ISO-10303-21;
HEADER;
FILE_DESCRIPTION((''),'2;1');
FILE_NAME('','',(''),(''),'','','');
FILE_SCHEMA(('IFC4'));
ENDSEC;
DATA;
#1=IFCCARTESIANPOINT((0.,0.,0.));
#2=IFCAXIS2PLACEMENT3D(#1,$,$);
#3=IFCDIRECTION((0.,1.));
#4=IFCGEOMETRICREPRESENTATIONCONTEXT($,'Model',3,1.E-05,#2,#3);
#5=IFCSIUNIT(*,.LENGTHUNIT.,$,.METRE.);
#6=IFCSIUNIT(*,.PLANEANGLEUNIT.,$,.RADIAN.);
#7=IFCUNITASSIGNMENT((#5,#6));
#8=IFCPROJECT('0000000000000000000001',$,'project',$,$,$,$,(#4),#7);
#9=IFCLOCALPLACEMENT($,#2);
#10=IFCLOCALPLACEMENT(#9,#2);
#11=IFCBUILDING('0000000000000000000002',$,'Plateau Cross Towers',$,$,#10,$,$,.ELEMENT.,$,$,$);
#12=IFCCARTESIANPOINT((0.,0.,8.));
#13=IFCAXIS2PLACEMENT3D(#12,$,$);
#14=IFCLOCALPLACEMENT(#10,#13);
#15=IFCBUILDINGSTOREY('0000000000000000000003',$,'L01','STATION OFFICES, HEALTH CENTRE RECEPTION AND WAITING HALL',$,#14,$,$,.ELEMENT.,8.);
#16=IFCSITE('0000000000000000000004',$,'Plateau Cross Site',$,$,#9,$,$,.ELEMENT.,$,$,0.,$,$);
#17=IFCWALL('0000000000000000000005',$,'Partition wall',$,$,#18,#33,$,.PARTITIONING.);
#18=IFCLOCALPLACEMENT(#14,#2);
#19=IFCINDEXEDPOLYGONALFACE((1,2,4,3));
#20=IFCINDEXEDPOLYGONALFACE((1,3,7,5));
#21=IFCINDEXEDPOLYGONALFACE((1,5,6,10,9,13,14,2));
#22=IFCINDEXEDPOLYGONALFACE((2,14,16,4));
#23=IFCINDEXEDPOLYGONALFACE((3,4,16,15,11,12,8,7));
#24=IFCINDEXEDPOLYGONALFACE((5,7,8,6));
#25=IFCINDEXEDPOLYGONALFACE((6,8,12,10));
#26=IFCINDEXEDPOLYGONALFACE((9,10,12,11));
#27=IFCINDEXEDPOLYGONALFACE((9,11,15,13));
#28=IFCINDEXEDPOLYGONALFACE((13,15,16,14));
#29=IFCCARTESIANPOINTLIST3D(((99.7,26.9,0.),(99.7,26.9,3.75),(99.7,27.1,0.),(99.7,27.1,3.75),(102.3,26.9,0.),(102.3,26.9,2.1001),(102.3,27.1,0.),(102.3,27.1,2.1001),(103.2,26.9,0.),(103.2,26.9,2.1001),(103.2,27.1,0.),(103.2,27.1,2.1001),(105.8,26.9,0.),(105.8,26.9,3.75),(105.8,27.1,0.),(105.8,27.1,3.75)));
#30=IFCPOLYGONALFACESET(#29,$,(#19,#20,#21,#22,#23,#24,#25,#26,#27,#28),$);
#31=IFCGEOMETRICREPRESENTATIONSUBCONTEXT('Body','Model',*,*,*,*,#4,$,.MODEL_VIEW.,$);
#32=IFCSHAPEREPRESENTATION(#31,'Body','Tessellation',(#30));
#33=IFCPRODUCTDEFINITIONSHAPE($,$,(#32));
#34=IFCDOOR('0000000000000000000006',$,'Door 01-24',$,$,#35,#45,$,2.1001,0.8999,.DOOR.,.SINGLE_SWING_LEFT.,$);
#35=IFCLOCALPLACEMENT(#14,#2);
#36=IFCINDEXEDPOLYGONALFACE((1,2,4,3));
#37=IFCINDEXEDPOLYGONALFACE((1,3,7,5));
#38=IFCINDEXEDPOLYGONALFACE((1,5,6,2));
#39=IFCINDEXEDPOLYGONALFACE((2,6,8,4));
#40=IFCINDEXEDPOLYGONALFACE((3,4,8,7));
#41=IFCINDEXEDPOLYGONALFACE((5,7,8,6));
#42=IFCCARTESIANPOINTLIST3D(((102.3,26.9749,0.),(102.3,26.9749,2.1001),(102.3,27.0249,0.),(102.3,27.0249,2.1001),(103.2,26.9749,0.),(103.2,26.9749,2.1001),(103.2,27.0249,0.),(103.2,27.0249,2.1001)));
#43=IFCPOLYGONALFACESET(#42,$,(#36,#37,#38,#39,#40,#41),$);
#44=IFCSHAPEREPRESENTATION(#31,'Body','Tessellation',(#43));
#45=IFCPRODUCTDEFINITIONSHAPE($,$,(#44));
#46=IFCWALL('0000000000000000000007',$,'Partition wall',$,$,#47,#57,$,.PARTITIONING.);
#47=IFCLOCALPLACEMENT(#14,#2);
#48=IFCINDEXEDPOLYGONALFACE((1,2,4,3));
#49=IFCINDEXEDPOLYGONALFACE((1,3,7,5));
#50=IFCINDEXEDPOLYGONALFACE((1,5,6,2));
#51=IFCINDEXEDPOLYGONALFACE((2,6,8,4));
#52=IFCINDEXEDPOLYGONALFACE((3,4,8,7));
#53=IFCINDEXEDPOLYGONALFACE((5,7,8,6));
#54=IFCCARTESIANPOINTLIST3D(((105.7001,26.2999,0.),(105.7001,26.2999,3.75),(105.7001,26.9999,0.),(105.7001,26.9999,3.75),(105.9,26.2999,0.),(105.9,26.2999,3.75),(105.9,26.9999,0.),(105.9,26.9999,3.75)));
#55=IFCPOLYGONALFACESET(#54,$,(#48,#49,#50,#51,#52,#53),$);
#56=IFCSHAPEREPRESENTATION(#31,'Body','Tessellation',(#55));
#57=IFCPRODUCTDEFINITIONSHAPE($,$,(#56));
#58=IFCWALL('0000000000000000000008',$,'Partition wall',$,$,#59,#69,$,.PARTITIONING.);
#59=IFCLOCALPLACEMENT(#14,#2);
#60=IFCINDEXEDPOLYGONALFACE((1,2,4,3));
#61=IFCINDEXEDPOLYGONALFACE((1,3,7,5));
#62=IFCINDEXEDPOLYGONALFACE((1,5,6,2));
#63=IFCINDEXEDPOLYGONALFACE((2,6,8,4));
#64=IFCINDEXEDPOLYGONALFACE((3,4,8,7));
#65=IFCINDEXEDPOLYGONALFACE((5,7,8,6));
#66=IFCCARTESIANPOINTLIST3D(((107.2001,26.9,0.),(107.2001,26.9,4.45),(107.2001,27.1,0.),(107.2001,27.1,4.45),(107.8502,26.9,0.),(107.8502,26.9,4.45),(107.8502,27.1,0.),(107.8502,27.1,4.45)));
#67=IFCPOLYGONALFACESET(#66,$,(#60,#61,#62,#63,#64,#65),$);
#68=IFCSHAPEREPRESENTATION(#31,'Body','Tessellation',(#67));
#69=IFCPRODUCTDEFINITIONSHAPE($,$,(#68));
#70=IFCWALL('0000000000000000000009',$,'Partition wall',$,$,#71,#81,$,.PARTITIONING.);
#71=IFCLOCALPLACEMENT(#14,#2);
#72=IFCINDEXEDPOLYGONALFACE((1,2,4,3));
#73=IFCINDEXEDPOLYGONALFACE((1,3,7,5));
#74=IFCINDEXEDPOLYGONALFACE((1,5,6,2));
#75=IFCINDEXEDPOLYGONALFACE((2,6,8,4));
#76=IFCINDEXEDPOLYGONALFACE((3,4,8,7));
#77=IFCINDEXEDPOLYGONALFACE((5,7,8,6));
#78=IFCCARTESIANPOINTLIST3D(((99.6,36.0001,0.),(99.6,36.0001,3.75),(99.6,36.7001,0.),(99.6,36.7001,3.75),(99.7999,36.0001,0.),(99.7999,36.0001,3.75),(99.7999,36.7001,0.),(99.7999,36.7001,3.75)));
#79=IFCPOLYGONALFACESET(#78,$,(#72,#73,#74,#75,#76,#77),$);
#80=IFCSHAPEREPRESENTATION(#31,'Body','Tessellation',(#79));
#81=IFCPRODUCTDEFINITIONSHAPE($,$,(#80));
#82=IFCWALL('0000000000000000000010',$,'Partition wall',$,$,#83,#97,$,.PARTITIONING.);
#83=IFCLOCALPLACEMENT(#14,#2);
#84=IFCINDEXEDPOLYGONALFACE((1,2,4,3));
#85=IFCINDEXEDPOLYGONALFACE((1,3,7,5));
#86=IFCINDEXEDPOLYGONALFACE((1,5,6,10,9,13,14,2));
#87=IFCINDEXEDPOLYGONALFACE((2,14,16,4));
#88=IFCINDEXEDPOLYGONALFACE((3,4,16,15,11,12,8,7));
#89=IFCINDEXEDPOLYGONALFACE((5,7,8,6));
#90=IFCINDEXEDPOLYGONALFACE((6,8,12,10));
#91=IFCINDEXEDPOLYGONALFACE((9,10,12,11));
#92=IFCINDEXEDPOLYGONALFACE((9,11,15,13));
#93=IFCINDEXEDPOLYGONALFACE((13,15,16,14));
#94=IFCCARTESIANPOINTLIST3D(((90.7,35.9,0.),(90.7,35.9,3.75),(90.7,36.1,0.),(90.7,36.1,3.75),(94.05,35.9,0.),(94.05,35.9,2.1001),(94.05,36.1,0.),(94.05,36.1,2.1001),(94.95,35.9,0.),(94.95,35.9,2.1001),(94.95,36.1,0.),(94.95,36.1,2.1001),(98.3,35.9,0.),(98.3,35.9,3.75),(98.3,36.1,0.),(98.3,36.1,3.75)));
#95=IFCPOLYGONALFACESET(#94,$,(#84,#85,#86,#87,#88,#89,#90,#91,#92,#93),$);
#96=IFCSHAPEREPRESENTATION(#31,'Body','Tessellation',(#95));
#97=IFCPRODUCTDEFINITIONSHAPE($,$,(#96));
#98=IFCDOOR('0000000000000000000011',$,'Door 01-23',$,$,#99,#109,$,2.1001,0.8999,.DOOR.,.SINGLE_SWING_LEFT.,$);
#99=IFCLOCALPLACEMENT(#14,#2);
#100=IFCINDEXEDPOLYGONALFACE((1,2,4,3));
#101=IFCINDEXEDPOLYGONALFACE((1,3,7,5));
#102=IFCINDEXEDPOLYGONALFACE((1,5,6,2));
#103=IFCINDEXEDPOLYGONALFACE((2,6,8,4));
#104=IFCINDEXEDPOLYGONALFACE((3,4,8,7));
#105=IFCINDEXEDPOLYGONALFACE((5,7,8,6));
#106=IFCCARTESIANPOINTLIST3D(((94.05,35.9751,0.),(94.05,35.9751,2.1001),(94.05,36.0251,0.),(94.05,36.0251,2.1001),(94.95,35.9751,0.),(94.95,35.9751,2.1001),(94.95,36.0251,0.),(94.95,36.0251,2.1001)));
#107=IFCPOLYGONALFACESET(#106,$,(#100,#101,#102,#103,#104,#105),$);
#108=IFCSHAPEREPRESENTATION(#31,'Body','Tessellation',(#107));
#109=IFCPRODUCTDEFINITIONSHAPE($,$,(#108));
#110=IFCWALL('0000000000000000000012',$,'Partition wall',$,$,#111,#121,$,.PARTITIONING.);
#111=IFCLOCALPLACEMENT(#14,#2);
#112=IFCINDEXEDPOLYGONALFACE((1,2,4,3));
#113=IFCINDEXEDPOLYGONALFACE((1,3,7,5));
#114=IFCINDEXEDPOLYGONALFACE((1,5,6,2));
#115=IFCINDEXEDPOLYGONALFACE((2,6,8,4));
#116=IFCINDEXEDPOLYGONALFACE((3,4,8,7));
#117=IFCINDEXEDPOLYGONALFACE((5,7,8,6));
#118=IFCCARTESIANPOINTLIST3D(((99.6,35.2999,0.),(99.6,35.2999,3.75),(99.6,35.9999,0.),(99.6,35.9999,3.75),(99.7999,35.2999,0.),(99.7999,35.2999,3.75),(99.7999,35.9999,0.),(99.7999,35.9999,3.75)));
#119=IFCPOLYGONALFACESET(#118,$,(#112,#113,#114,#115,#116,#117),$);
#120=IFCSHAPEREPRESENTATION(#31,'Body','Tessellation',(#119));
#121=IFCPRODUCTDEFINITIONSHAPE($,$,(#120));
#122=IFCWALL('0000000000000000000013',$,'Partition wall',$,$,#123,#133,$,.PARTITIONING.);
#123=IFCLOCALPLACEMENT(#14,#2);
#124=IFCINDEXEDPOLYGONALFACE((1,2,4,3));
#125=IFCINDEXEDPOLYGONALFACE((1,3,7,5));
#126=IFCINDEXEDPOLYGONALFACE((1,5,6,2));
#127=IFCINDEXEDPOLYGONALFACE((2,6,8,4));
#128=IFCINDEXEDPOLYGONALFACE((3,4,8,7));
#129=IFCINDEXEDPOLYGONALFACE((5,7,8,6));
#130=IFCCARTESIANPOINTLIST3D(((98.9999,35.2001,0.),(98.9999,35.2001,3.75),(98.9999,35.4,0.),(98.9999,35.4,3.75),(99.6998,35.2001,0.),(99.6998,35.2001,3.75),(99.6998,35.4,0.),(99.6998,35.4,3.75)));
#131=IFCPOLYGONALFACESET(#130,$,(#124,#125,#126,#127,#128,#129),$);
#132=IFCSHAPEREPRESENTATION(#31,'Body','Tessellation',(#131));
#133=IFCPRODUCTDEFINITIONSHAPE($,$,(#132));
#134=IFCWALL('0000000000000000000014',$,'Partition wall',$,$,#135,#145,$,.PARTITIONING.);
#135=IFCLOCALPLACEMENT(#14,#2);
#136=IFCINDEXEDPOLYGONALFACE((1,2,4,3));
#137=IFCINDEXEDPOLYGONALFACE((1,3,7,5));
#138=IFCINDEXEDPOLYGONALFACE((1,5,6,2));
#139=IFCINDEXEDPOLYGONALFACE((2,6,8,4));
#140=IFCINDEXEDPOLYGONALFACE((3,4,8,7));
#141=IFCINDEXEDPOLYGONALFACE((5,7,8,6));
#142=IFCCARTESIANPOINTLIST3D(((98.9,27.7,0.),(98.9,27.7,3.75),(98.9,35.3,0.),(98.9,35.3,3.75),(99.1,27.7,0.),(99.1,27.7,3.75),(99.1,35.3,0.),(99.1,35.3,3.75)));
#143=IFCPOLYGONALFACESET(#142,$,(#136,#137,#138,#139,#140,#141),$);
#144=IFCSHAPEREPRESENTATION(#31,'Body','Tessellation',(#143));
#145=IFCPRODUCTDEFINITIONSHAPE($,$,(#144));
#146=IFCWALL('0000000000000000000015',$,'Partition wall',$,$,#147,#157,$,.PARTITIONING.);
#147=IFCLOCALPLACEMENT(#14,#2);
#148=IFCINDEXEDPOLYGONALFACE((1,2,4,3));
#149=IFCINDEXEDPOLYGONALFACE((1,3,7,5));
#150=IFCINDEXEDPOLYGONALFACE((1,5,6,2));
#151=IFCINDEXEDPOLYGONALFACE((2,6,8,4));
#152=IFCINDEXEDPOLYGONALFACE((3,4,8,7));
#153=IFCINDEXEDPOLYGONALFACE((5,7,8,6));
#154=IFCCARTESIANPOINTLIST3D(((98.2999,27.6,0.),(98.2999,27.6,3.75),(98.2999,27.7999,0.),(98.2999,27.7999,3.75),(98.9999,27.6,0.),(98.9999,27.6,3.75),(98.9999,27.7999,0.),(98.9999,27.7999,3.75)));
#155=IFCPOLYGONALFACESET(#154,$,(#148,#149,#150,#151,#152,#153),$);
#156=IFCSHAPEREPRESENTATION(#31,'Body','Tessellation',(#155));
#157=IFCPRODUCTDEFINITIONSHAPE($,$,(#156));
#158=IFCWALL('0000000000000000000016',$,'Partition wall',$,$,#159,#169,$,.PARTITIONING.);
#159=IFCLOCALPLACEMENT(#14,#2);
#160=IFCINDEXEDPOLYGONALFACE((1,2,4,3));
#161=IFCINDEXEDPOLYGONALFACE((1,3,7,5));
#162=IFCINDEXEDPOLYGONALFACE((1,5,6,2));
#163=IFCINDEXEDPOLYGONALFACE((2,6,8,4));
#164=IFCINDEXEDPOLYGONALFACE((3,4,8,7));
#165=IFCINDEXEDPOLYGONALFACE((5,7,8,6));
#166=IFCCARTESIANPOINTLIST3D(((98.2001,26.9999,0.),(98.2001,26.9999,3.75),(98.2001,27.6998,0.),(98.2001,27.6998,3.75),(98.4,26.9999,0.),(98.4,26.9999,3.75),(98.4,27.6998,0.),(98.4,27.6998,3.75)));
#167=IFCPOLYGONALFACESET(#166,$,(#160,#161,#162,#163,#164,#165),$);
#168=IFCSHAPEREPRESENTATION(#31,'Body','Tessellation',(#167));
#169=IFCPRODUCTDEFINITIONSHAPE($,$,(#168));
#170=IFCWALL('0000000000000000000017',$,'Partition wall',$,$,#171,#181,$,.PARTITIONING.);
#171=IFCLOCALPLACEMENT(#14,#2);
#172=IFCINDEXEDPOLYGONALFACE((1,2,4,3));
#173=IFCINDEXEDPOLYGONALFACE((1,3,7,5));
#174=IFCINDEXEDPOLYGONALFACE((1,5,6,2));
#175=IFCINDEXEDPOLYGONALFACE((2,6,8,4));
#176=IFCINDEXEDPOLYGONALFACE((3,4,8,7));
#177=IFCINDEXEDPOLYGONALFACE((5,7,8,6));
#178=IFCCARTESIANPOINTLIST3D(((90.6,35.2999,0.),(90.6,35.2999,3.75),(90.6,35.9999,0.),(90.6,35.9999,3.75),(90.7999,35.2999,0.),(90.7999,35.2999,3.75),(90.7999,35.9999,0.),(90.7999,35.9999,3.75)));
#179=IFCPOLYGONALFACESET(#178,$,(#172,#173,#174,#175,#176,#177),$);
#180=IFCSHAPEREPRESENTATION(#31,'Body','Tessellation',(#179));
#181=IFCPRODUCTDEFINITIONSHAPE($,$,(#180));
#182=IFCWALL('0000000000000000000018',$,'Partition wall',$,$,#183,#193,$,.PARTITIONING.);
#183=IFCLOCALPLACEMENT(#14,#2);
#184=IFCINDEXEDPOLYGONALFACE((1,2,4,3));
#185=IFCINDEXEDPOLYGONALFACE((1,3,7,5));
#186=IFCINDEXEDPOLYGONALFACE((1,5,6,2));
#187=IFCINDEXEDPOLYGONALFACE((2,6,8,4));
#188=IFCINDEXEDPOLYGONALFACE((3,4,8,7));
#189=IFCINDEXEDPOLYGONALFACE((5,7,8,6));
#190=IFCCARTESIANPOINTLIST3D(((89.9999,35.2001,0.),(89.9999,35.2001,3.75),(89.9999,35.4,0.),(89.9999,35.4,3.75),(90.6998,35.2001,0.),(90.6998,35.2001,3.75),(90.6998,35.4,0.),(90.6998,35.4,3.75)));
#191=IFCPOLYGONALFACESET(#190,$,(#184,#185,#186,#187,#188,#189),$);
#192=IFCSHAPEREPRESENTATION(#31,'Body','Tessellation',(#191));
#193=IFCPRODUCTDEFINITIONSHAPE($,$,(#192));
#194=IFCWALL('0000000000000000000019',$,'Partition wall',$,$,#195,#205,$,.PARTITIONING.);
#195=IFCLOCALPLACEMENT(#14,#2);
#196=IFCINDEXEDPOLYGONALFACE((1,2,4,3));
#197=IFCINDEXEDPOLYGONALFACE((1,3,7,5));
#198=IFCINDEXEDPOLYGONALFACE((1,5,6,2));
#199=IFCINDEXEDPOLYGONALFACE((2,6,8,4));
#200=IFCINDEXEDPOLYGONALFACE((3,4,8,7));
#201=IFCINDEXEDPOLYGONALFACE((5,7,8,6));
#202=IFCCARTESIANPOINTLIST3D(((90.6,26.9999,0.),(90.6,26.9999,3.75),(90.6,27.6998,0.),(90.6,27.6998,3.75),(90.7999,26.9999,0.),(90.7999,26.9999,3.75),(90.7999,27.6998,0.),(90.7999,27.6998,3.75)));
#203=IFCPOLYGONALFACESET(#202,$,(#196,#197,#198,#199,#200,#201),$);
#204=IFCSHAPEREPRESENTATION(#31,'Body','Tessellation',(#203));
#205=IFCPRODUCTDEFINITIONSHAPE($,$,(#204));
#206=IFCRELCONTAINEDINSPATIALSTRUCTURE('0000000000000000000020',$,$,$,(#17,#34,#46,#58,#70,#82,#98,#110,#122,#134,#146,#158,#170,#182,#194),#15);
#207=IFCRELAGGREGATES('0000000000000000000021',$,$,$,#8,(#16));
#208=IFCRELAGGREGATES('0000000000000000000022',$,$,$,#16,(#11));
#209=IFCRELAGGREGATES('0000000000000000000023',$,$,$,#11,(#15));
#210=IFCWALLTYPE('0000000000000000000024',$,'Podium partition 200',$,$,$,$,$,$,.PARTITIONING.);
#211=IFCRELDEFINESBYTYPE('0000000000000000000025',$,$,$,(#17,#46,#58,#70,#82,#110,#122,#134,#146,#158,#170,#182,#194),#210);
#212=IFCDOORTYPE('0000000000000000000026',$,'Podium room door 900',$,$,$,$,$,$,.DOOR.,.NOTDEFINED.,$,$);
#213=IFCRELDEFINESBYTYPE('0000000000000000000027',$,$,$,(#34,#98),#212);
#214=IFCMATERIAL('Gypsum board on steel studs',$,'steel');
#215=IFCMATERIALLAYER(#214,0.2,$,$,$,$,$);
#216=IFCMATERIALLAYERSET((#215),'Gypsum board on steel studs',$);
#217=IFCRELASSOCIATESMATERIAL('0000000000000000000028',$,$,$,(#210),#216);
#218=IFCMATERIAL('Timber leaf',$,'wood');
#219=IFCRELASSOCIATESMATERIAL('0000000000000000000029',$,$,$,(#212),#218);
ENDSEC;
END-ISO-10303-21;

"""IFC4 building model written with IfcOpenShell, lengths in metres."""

from ifc_helpers import new_model, si_unit, direction, frame, frame_2d, origin, place, context, subcontext, project, spatial, rectangle, extrude, material, layer, layer_set, type_object, element, fill, save


model = new_model("IFC4")

# Units and contexts
model_context = context("Model", 3, precision=1e-05, world=origin(), true_north=direction((0.0, 1.0)))
body_context = subcontext(model_context, "Body", "Model", "MODEL_VIEW")
ifc_project = project(units=[si_unit("LENGTHUNIT", "METRE"), si_unit("PLANEANGLEUNIT", "RADIAN")], contexts=[model_context])

# Site, building, storey
site_placement = place(None, origin())
site = spatial("IfcSite", under=ifc_project, at=site_placement, Name="Plateau Cross Site", CompositionType="ELEMENT", RefElevation=0.0)
building_placement = place(site_placement, origin())
building = spatial("IfcBuilding", under=site, at=building_placement, Name="Plateau Cross Towers", CompositionType="ELEMENT")
storey_placement = place(building_placement, frame((0.0, 0.0, 8.0)))
storey = spatial("IfcBuildingStorey", under=building, at=storey_placement, Name="L01", Description="STATION OFFICES, HEALTH CENTRE RECEPTION AND WAITING HALL", CompositionType="ELEMENT", Elevation=8.0)

# Shared definitions
ifc_material_1 = material(Name="Gypsum board on steel studs", Category="steel")
ifc_layer_1 = layer(ifc_material_1, 0.2)
ifc_layer_set_1 = layer_set([ifc_layer_1], Name="Gypsum board on steel studs")
wall_type = type_object("IfcWallType", Name="Podium partition 200", PredefinedType="PARTITIONING", material=ifc_layer_set_1)

# Wall, opening, door
wall_1_placement = place(storey_placement, frame((99.7, 27.0, 0.0), z_axis=(0.0, 0.0, 1.0), x_axis=(1.0, 0.0, 0.0)))
wall_1 = element("IfcWall", 1, at=wall_1_placement, inside=storey, type_object=wall_type, Name="Partition wall", PredefinedType="PARTITIONING", context=body_context, shape_type="SweptSolid", body=[
    extrude(rectangle(XDim=6.1001, YDim=0.2, at=frame_2d((3.05, 0.0))), origin(), (0.0, 0.0, 1.0), 3.75),
])
opening_1_placement = place(wall_1_placement, frame((2.6001, 0.0, 0.0)))
opening_1 = element("IfcOpeningElement", 2, at=opening_1_placement, cuts=wall_1, PredefinedType="OPENING", context=body_context, shape_type="SweptSolid", body=[
    extrude(rectangle(XDim=0.8999, YDim=2.1001, at=frame_2d((0.45, 1.05))), frame((0.0, 0.1099, 0.0), z_axis=(0.0, -1.0, 0.0), x_axis=(1.0, 0.0, 0.0)), (0.0, 0.0, 1.0), 0.22),
])
ifc_material_2 = material(Name="Timber leaf", Category="wood")
door_type = type_object("IfcDoorType", Name="Podium room door 900", OperationType="NOTDEFINED", PredefinedType="DOOR", material=ifc_material_2)
door_1_placement = place(opening_1_placement, origin())
door_1 = element("IfcDoor", 3, at=door_1_placement, inside=storey, type_object=door_type, Name="Door 01-24", OperationType="SINGLE_SWING_LEFT", OverallHeight=2.1001, OverallWidth=0.8999, PredefinedType="DOOR", context=body_context, shape_type="SweptSolid", body=[
    extrude(rectangle(XDim=0.8999, YDim=2.1001, at=frame_2d((0.45, 1.05))), frame((0.0, 0.0249, 0.0), z_axis=(0.0, -1.0, 0.0), x_axis=(1.0, 0.0, 0.0)), (0.0, 0.0, 1.0), 0.05),
])
fill(opening_1, door_1)

# Walls
wall_2_placement = place(storey_placement, frame((105.8, 27.0, 0.0), z_axis=(0.0, 0.0, 1.0), x_axis=(0.0, -1.0, 0.0)))
element("IfcWall", 4, at=wall_2_placement, inside=storey, type_object=wall_type, Name="Partition wall", PredefinedType="PARTITIONING", context=body_context, shape_type="SweptSolid", body=[
    extrude(rectangle(XDim=0.7, YDim=0.2, at=frame_2d((0.3501, 0.0))), origin(), (0.0, 0.0, 1.0), 3.75),
])
wall_3_placement = place(storey_placement, frame((107.2, 27.0, 0.0), z_axis=(0.0, 0.0, 1.0), x_axis=(1.0, 0.0, 0.0)))
element("IfcWall", 5, at=wall_3_placement, inside=storey, type_object=wall_type, Name="Partition wall", PredefinedType="PARTITIONING", context=body_context, shape_type="SweptSolid", body=[
    extrude(rectangle(XDim=0.6501, YDim=0.2, at=frame_2d((0.3252, 0.0))), origin(), (0.0, 0.0, 1.0), 4.45),
])
wall_4_placement = place(storey_placement, frame((99.7, 36.0, 0.0), z_axis=(0.0, 0.0, 1.0), x_axis=(0.0, 1.0, 0.0)))
element("IfcWall", 6, at=wall_4_placement, inside=storey, type_object=wall_type, Name="Partition wall", PredefinedType="PARTITIONING", context=body_context, shape_type="SweptSolid", body=[
    extrude(rectangle(XDim=0.7, YDim=0.2, at=frame_2d((0.3501, 0.0))), origin(), (0.0, 0.0, 1.0), 3.75),
])

# Wall, opening, door
wall_5_placement = place(storey_placement, frame((98.3, 36.0, 0.0), z_axis=(0.0, 0.0, 1.0), x_axis=(-1.0, 0.0, 0.0)))
wall_5 = element("IfcWall", 7, at=wall_5_placement, inside=storey, type_object=wall_type, Name="Partition wall", PredefinedType="PARTITIONING", context=body_context, shape_type="SweptSolid", body=[
    extrude(rectangle(XDim=7.6001, YDim=0.2, at=frame_2d((3.8, 0.0))), origin(), (0.0, 0.0, 1.0), 3.75),
])
opening_2_placement = place(wall_5_placement, frame((3.3501, 0.0, 0.0)))
opening_2 = element("IfcOpeningElement", 8, at=opening_2_placement, cuts=wall_5, PredefinedType="OPENING", context=body_context, shape_type="SweptSolid", body=[
    extrude(rectangle(XDim=0.8999, YDim=2.1001, at=frame_2d((0.45, 1.05))), frame((0.0, 0.1099, 0.0), z_axis=(0.0, -1.0, 0.0), x_axis=(1.0, 0.0, 0.0)), (0.0, 0.0, 1.0), 0.22),
])
door_2_placement = place(opening_2_placement, origin())
door_2 = element("IfcDoor", 9, at=door_2_placement, inside=storey, type_object=door_type, Name="Door 01-23", OperationType="SINGLE_SWING_LEFT", OverallHeight=2.1001, OverallWidth=0.8999, PredefinedType="DOOR", context=body_context, shape_type="SweptSolid", body=[
    extrude(rectangle(XDim=0.8999, YDim=2.1001, at=frame_2d((0.45, 1.05))), frame((0.0, 0.0249, 0.0), z_axis=(0.0, -1.0, 0.0), x_axis=(1.0, 0.0, 0.0)), (0.0, 0.0, 1.0), 0.05),
])
fill(opening_2, door_2)

# Walls
for number, where, z_axis, x_axis, name in (
    (10, (99.7, 36.0, 0.0), (0.0, 0.0, 1.0), (0.0, -1.0, 0.0), "Partition wall"),
    (11, (99.7, 35.3, 0.0), (0.0, 0.0, 1.0), (-1.0, 0.0, 0.0), "Partition wall"),
):
    element("IfcWall", number, at=place(storey_placement, frame(where, z_axis=z_axis, x_axis=x_axis)), inside=storey, type_object=wall_type, Name=name, PredefinedType="PARTITIONING", context=body_context, shape_type="SweptSolid", body=[
        extrude(rectangle(XDim=0.7, YDim=0.2, at=frame_2d((0.3501, 0.0))), origin(), (0.0, 0.0, 1.0), 3.75),
    ])
wall_6_placement = place(storey_placement, frame((99.0, 35.3, 0.0), z_axis=(0.0, 0.0, 1.0), x_axis=(0.0, -1.0, 0.0)))
element("IfcWall", 12, at=wall_6_placement, inside=storey, type_object=wall_type, Name="Partition wall", PredefinedType="PARTITIONING", context=body_context, shape_type="SweptSolid", body=[
    extrude(rectangle(XDim=7.6001, YDim=0.2, at=frame_2d((3.8, 0.0))), origin(), (0.0, 0.0, 1.0), 3.75),
])
for number, where, z_axis, x_axis, name in (
    (13, (99.0, 27.7, 0.0), (0.0, 0.0, 1.0), (-1.0, 0.0, 0.0), "Partition wall"),
    (14, (98.3, 27.7, 0.0), (0.0, 0.0, 1.0), (0.0, -1.0, 0.0), "Partition wall"),
    (15, (90.7, 36.0, 0.0), (0.0, 0.0, 1.0), (0.0, -1.0, 0.0), "Partition wall"),
    (16, (90.7, 35.3, 0.0), (0.0, 0.0, 1.0), (-1.0, 0.0, 0.0), "Partition wall"),
    (17, (90.7, 27.7, 0.0), (0.0, 0.0, 1.0), (0.0, -1.0, 0.0), "Partition wall"),
):
    element("IfcWall", number, at=place(storey_placement, frame(where, z_axis=z_axis, x_axis=x_axis)), inside=storey, type_object=wall_type, Name=name, PredefinedType="PARTITIONING", context=body_context, shape_type="SweptSolid", body=[
        extrude(rectangle(XDim=0.7, YDim=0.2, at=frame_2d((0.3501, 0.0))), origin(), (0.0, 0.0, 1.0), 3.75),
    ])

save(model, "model.ifc")
